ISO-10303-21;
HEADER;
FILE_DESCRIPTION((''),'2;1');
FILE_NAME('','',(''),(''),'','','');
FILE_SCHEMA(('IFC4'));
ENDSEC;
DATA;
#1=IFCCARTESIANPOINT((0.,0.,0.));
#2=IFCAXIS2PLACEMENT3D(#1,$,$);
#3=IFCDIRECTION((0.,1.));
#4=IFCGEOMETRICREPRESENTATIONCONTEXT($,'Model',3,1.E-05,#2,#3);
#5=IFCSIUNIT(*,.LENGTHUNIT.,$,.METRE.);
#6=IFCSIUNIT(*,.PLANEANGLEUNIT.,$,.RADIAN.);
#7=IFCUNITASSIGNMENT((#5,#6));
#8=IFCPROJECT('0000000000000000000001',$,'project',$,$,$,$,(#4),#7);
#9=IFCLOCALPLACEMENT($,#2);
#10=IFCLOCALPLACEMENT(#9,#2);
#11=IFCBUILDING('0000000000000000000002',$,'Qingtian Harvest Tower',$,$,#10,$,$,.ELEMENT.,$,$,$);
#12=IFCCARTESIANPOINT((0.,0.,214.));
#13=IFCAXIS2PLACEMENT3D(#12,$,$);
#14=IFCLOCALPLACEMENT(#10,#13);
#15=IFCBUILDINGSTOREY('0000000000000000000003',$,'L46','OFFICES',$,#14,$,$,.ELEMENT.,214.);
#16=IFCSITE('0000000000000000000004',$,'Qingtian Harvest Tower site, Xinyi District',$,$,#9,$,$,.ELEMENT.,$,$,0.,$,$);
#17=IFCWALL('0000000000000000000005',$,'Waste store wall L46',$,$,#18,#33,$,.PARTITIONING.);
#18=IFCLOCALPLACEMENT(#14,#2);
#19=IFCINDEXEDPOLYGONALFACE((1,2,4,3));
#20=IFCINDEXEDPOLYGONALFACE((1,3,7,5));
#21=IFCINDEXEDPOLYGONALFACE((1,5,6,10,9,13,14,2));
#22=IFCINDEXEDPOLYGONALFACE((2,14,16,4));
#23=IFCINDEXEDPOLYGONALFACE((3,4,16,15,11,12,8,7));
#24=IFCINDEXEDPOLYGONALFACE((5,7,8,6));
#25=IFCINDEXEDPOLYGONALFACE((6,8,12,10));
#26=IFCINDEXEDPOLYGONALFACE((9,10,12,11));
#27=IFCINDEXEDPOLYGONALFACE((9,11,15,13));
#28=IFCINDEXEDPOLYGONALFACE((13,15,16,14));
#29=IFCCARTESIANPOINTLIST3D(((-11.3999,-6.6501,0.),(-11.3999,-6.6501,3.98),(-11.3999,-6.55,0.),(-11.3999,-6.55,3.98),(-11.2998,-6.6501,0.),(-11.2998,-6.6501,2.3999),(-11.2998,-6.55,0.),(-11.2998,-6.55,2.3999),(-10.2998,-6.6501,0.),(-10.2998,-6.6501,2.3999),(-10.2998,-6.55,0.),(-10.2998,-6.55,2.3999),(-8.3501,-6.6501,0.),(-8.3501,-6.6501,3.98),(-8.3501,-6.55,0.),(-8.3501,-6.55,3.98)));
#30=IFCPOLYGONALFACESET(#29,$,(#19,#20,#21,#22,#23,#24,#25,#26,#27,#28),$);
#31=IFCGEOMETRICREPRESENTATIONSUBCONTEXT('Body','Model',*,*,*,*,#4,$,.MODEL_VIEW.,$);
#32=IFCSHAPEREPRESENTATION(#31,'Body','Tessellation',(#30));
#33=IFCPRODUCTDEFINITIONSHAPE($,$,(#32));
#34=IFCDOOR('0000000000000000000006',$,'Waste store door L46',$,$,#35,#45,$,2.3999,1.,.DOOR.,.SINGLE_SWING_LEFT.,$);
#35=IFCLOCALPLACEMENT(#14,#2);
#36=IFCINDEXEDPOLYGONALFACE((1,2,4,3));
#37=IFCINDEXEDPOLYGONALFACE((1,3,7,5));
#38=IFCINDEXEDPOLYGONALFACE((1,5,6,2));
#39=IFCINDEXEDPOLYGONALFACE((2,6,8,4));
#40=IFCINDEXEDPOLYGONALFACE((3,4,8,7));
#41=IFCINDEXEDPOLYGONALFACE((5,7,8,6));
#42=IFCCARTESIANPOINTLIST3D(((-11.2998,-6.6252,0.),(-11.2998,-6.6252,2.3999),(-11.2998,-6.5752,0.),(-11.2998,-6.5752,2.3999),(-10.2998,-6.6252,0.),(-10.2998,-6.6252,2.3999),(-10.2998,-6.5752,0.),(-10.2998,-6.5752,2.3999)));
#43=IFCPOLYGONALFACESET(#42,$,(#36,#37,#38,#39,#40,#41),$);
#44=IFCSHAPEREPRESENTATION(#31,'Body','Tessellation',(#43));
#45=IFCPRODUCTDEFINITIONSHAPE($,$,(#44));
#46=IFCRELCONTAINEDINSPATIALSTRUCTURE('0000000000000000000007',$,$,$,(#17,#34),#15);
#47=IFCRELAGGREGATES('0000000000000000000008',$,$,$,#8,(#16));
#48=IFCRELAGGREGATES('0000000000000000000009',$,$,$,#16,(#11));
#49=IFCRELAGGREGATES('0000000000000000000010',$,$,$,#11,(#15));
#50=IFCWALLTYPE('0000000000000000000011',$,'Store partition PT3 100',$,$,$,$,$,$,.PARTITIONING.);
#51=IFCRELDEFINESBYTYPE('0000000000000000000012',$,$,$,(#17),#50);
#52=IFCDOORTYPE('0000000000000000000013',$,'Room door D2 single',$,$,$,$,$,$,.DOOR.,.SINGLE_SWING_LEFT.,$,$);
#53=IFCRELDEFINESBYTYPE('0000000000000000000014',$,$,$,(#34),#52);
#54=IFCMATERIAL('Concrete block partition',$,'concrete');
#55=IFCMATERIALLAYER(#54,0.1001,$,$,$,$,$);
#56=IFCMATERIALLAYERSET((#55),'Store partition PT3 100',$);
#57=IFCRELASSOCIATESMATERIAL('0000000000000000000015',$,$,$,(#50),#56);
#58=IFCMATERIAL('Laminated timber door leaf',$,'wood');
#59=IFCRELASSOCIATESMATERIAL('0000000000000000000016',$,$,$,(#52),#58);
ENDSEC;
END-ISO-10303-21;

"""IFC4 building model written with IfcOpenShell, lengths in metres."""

from ifc_helpers import new_model, si_unit, direction, frame, frame_2d, origin, place, context, subcontext, project, spatial, rectangle, extrude, material, layer, layer_set, type_object, element, fill, save


model = new_model("IFC4")

# Units and contexts
model_context = context("Model", 3, precision=1e-05, world=origin(), true_north=direction((0.0, 1.0)))
body_context = subcontext(model_context, "Body", "Model", "MODEL_VIEW")
ifc_project = project(units=[si_unit("LENGTHUNIT", "METRE"), si_unit("PLANEANGLEUNIT", "RADIAN")], contexts=[model_context])

# Site, building, storey
site_placement = place(None, origin())
site = spatial("IfcSite", under=ifc_project, at=site_placement, Name="Qingtian Harvest Tower site, Xinyi District", CompositionType="ELEMENT", RefElevation=0.0)
building_placement = place(site_placement, origin())
building = spatial("IfcBuilding", under=site, at=building_placement, Name="Qingtian Harvest Tower", CompositionType="ELEMENT")
storey_placement = place(building_placement, frame((0.0, 0.0, 214.0)))
storey = spatial("IfcBuildingStorey", under=building, at=storey_placement, Name="L46", Description="OFFICES", CompositionType="ELEMENT", Elevation=214.0)

# Wall, opening, door
ifc_material_1 = material(Name="Concrete block partition", Category="concrete")
ifc_layer_1 = layer(ifc_material_1, 0.1001)
ifc_layer_set_1 = layer_set([ifc_layer_1], Name="Store partition PT3 100")
wall_type_1 = type_object("IfcWallType", Name="Store partition PT3 100", PredefinedType="PARTITIONING", material=ifc_layer_set_1)
wall_1_placement = place(storey_placement, frame((-11.3999, -6.6001, 0.0), z_axis=(0.0, 0.0, 1.0), x_axis=(1.0, 0.0, 0.0)))
wall_1 = element("IfcWall", 1, at=wall_1_placement, inside=storey, type_object=wall_type_1, Name="Waste store wall L46", PredefinedType="PARTITIONING", context=body_context, shape_type="SweptSolid", body=[
    extrude(rectangle(XDim=3.0498, YDim=0.1001, at=frame_2d((1.5249, 0.0))), origin(), (0.0, 0.0, 1.0), 3.98),
])
opening_1_placement = place(wall_1_placement, frame((0.1001, 0.0, 0.0)))
opening_1 = element("IfcOpeningElement", 2, at=opening_1_placement, cuts=wall_1, PredefinedType="OPENING", context=body_context, shape_type="SweptSolid", body=[
    extrude(rectangle(XDim=1.0, YDim=2.3999, at=frame_2d((0.5, 1.2))), frame((0.0, 0.0601, 0.0), z_axis=(0.0, -1.0, 0.0), x_axis=(1.0, 0.0, 0.0)), (0.0, 0.0, 1.0), 0.1201),
])
ifc_material_2 = material(Name="Laminated timber door leaf", Category="wood")
door_type_1 = type_object("IfcDoorType", Name="Room door D2 single", OperationType="SINGLE_SWING_LEFT", PredefinedType="DOOR", material=ifc_material_2)
door_1_placement = place(opening_1_placement, origin())
door_1 = element("IfcDoor", 3, at=door_1_placement, inside=storey, type_object=door_type_1, Name="Waste store door L46", OperationType="SINGLE_SWING_LEFT", OverallHeight=2.3999, OverallWidth=1.0, PredefinedType="DOOR", context=body_context, shape_type="SweptSolid", body=[
    extrude(rectangle(XDim=1.0, YDim=2.3999, at=frame_2d((0.5, 1.2))), frame((0.0, 0.0249, 0.0), z_axis=(0.0, -1.0, 0.0), x_axis=(1.0, 0.0, 0.0)), (0.0, 0.0, 1.0), 0.05),
])
fill(opening_1, door_1)

save(model, "model.ifc")
